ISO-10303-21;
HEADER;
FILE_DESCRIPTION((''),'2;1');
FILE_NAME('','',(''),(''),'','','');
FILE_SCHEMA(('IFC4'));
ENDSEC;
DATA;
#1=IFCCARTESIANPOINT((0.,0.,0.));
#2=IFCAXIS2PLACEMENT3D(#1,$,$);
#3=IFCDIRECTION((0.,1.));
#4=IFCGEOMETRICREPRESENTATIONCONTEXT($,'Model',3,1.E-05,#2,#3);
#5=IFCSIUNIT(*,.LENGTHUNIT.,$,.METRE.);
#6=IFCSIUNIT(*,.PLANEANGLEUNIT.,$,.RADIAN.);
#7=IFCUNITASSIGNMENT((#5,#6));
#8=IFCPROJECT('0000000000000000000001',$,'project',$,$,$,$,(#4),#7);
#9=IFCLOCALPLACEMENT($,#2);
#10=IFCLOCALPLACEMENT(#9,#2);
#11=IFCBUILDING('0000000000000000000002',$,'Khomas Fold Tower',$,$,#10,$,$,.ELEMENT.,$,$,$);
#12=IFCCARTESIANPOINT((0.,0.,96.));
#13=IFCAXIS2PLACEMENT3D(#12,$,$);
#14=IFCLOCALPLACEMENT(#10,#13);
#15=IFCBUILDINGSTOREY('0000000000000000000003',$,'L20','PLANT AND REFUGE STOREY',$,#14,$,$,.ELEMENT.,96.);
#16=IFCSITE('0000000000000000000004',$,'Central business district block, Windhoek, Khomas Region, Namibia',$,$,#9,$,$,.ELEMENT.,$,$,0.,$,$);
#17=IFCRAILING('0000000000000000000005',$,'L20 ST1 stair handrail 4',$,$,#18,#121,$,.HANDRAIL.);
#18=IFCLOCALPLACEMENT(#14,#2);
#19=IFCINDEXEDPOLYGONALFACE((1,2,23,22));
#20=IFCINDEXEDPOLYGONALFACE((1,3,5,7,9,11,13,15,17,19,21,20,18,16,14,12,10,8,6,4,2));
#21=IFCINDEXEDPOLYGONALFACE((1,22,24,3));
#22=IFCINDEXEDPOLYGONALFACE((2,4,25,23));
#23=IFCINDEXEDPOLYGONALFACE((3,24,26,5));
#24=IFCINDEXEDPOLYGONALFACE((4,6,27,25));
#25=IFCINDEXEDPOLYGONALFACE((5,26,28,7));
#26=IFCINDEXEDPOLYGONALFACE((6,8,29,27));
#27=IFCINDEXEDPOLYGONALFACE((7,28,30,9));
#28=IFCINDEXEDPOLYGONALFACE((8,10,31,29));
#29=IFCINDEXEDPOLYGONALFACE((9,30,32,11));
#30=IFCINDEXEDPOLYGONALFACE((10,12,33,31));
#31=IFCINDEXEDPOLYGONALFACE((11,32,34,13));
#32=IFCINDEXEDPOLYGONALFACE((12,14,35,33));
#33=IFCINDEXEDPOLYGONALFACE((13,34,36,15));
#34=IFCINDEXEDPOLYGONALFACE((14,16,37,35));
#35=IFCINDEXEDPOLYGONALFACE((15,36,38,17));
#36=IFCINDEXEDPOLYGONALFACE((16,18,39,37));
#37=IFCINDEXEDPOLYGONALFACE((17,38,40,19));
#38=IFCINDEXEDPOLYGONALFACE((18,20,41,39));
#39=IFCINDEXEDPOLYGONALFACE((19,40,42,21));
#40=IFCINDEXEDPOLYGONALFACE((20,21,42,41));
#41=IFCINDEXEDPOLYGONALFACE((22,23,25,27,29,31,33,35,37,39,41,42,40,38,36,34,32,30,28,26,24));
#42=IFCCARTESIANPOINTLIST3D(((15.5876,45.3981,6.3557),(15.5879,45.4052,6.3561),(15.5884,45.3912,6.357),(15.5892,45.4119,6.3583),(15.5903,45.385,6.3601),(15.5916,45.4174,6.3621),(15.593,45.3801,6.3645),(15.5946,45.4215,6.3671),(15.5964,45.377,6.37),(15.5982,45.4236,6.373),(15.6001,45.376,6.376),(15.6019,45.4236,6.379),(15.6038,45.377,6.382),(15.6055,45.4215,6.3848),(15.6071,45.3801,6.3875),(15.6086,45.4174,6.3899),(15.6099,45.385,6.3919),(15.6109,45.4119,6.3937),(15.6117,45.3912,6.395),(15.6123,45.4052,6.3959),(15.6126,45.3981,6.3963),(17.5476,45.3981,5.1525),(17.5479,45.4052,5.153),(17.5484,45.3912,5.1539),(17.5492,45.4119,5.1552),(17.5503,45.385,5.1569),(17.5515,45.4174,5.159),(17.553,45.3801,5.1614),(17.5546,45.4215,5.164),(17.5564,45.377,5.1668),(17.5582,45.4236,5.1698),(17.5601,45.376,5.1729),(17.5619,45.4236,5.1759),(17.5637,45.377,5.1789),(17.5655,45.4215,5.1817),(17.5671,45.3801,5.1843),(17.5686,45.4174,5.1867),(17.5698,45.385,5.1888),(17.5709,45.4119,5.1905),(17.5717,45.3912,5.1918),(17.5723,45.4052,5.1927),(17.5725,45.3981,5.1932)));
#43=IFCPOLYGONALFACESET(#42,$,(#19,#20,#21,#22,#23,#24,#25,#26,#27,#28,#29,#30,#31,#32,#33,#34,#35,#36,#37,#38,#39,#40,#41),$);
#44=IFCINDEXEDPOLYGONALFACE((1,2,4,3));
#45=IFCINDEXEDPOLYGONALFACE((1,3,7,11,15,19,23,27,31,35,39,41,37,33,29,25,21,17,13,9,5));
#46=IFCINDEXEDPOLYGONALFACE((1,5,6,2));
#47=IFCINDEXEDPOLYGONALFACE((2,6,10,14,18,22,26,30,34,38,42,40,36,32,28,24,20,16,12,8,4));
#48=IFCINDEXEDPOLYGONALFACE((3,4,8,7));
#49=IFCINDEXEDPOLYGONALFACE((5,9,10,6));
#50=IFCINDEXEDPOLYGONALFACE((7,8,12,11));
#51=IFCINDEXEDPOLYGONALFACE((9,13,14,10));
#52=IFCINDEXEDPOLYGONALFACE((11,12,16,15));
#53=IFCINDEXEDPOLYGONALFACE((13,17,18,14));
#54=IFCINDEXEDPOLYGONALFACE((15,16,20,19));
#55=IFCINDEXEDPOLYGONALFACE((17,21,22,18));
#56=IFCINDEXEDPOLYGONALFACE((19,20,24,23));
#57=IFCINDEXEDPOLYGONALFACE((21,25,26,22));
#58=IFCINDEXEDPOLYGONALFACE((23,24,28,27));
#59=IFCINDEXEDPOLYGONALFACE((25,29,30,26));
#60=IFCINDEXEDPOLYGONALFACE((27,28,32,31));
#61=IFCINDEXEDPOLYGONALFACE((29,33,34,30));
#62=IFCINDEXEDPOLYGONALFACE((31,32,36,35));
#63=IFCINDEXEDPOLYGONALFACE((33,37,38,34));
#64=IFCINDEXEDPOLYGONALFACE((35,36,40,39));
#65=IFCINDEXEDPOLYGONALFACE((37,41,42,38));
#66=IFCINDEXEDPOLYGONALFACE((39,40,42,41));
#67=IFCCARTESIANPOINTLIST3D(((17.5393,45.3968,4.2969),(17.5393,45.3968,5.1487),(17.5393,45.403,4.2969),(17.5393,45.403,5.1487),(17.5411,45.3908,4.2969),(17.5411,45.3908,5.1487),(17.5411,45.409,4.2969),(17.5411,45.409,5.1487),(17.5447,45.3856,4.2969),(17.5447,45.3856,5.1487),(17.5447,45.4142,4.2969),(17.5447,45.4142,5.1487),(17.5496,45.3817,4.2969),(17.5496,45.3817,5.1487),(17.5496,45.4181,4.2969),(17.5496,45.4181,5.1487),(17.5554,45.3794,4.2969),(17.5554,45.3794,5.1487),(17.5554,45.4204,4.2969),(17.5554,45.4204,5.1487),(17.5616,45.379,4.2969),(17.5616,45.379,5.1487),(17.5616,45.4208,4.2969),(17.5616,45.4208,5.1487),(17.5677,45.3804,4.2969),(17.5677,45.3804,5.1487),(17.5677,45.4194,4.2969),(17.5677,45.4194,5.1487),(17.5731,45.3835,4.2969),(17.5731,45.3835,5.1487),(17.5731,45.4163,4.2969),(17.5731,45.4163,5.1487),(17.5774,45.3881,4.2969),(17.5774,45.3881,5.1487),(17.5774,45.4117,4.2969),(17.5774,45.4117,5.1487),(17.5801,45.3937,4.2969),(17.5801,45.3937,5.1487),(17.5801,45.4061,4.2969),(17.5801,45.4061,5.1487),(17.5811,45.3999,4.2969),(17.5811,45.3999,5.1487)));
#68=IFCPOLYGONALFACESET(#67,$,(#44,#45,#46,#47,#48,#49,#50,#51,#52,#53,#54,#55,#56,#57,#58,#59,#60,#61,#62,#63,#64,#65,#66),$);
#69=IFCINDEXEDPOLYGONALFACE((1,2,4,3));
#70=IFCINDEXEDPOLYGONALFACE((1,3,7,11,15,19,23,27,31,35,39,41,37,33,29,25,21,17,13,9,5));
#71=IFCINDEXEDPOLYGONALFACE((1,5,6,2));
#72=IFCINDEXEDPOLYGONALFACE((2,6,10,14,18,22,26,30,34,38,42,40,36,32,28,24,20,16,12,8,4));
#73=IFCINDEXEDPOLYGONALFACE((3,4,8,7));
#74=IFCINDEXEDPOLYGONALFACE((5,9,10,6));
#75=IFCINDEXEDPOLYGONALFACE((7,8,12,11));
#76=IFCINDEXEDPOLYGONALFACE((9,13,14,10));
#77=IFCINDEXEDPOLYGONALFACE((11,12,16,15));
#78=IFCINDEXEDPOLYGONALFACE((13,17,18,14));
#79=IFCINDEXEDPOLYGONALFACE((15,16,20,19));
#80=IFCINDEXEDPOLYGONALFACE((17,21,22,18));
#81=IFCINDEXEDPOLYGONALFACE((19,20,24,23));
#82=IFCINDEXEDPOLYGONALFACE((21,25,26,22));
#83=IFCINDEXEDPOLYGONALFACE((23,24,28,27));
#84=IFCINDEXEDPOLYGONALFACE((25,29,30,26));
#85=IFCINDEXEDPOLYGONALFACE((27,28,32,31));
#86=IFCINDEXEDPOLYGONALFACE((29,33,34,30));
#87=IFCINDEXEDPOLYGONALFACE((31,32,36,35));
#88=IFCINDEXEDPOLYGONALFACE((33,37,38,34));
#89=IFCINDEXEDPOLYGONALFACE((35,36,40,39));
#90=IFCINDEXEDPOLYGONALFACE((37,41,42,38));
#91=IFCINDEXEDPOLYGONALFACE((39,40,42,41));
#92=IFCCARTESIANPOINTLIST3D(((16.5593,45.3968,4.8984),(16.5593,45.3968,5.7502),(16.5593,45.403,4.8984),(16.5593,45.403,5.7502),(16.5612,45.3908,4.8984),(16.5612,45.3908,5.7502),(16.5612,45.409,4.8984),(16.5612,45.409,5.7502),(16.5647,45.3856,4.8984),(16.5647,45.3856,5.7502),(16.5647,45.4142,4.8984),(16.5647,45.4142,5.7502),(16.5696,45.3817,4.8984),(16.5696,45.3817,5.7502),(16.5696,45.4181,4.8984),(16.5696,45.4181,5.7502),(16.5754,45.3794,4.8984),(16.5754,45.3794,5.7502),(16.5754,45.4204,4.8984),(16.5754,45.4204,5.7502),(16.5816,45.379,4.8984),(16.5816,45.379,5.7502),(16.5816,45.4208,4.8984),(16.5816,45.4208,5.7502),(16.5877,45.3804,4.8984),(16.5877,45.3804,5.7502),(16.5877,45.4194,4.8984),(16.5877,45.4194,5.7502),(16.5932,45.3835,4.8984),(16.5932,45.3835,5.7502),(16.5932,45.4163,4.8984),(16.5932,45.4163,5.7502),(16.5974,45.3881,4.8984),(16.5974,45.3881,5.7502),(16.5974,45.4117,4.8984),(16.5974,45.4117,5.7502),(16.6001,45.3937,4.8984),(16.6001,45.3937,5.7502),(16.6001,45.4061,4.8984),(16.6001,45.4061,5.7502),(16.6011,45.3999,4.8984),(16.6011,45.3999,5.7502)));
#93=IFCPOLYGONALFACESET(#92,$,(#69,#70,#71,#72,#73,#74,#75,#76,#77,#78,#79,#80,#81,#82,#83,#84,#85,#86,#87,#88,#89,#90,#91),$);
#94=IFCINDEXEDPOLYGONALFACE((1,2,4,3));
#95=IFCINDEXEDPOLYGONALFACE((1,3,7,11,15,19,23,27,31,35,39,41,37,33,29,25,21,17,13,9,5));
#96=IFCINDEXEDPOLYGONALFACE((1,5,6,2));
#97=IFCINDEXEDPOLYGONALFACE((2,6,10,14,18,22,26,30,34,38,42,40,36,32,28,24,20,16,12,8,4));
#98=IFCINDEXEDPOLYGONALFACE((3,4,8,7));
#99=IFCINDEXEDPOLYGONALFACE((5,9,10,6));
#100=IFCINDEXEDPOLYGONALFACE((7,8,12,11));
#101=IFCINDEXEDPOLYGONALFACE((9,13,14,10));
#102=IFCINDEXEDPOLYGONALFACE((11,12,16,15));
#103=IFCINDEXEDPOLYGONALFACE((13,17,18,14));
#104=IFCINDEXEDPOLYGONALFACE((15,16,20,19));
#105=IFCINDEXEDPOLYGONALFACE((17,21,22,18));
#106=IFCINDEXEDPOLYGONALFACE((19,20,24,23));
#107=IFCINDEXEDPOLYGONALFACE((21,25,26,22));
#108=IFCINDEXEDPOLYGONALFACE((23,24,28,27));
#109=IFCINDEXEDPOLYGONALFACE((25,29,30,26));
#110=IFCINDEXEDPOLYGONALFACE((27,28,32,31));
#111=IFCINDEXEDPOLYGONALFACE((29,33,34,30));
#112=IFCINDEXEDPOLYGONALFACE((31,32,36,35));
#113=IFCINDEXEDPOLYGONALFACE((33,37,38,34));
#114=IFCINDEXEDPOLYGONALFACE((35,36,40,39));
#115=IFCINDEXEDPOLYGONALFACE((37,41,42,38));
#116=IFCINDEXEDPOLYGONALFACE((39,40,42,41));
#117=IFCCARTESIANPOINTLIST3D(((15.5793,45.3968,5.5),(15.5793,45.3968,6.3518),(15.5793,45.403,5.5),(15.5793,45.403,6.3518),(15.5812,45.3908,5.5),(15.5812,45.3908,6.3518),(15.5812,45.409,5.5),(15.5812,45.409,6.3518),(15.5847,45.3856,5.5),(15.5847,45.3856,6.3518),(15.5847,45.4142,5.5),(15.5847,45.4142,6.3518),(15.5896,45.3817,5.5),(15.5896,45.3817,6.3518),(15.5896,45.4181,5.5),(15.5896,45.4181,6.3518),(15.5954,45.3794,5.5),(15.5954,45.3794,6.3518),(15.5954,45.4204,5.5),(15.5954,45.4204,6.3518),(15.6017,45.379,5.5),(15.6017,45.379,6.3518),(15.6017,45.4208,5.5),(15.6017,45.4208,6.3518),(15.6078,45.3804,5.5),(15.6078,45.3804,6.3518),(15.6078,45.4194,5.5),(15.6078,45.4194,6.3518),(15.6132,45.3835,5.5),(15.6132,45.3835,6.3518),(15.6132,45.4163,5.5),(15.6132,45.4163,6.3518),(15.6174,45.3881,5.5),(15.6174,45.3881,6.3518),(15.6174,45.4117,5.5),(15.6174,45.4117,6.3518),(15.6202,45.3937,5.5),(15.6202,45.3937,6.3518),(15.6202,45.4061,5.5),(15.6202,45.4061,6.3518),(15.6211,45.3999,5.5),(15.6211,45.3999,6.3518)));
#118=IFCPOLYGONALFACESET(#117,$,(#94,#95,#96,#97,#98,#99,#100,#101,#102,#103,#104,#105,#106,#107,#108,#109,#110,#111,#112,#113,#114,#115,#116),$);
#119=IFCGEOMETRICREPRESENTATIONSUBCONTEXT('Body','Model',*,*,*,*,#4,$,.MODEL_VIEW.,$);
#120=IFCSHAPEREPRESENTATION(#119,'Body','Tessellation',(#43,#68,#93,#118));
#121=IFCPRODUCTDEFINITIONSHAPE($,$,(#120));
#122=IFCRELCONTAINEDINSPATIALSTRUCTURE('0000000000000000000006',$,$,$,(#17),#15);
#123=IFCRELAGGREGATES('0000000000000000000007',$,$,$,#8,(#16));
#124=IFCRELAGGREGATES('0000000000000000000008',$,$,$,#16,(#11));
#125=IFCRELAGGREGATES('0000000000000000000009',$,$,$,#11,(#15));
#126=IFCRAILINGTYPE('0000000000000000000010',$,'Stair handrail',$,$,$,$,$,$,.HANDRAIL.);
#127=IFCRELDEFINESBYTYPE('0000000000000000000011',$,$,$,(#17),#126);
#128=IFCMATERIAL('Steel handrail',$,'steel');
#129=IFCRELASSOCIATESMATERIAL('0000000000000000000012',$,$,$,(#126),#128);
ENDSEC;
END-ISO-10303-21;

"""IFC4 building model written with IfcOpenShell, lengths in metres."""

from ifc_helpers import new_model, si_unit, direction, frame, origin, origin_2d, place, context, subcontext, project, spatial, circle, extrude, source, transform, mapped, material, type_object, element, save


model = new_model("IFC4")

# Units and contexts
model_context = context("Model", 3, precision=1e-05, world=origin(), true_north=direction((0.0, 1.0)))
body_context = subcontext(model_context, "Body", "Model", "MODEL_VIEW")
ifc_project = project(units=[si_unit("LENGTHUNIT", "METRE"), si_unit("PLANEANGLEUNIT", "RADIAN")], contexts=[model_context])

# Site, building, storey
site_placement = place(None, origin())
site = spatial("IfcSite", under=ifc_project, at=site_placement, Name="Central business district block, Windhoek, Khomas Region, Namibia", CompositionType="ELEMENT", RefElevation=0.0)
building_placement = place(site_placement, origin())
building = spatial("IfcBuilding", under=site, at=building_placement, Name="Khomas Fold Tower", CompositionType="ELEMENT")
storey_placement = place(building_placement, frame((0.0, 0.0, 96.0)))
storey = spatial("IfcBuildingStorey", under=building, at=storey_placement, Name="L20", Description="PLANT AND REFUGE STOREY", CompositionType="ELEMENT", Elevation=96.0)

# Railing
ifc_material_1 = material(Name="Steel handrail", Category="steel")
railing_type_1 = type_object("IfcRailingType", Name="Stair handrail", PredefinedType="HANDRAIL", material=ifc_material_1)
shared_shape_1 = source(origin(), body_context, "Body", "SweptSolid", [
    extrude(circle(Radius=0.0239, at=origin_2d()), frame((0.0, 0.0, 0.876), z_axis=(-0.852241, 0.0, 0.523149), x_axis=(0.0, -1.0, 0.0)), (0.0, 0.0, 1.0), 2.2998),
    extrude(circle(Radius=0.021, at=origin_2d()), origin(), (0.0, 0.0, 1.0), 0.8518),
    extrude(circle(Radius=0.021, at=origin_2d()), frame((-0.98, 0.0, 0.6016)), (0.0, 0.0, 1.0), 0.8518),
    extrude(circle(Radius=0.021, at=origin_2d()), frame((-1.96, 0.0, 1.2031)), (0.0, 0.0, 1.0), 0.8518),
])
for number, where, name in (
    (1, (17.5601, 45.3999, 4.2969), "L20 ST1 stair handrail 4"),
):
    element("IfcRailing", number, at=place(storey_placement, frame(where)), inside=storey, type_object=railing_type_1, Name=name, PredefinedType="HANDRAIL", context=body_context, shape_type="MappedRepresentation", body=[
        mapped(shared_shape_1, transform((0.0, 0.0, 0.0))),
    ])

save(model, "model.ifc")
